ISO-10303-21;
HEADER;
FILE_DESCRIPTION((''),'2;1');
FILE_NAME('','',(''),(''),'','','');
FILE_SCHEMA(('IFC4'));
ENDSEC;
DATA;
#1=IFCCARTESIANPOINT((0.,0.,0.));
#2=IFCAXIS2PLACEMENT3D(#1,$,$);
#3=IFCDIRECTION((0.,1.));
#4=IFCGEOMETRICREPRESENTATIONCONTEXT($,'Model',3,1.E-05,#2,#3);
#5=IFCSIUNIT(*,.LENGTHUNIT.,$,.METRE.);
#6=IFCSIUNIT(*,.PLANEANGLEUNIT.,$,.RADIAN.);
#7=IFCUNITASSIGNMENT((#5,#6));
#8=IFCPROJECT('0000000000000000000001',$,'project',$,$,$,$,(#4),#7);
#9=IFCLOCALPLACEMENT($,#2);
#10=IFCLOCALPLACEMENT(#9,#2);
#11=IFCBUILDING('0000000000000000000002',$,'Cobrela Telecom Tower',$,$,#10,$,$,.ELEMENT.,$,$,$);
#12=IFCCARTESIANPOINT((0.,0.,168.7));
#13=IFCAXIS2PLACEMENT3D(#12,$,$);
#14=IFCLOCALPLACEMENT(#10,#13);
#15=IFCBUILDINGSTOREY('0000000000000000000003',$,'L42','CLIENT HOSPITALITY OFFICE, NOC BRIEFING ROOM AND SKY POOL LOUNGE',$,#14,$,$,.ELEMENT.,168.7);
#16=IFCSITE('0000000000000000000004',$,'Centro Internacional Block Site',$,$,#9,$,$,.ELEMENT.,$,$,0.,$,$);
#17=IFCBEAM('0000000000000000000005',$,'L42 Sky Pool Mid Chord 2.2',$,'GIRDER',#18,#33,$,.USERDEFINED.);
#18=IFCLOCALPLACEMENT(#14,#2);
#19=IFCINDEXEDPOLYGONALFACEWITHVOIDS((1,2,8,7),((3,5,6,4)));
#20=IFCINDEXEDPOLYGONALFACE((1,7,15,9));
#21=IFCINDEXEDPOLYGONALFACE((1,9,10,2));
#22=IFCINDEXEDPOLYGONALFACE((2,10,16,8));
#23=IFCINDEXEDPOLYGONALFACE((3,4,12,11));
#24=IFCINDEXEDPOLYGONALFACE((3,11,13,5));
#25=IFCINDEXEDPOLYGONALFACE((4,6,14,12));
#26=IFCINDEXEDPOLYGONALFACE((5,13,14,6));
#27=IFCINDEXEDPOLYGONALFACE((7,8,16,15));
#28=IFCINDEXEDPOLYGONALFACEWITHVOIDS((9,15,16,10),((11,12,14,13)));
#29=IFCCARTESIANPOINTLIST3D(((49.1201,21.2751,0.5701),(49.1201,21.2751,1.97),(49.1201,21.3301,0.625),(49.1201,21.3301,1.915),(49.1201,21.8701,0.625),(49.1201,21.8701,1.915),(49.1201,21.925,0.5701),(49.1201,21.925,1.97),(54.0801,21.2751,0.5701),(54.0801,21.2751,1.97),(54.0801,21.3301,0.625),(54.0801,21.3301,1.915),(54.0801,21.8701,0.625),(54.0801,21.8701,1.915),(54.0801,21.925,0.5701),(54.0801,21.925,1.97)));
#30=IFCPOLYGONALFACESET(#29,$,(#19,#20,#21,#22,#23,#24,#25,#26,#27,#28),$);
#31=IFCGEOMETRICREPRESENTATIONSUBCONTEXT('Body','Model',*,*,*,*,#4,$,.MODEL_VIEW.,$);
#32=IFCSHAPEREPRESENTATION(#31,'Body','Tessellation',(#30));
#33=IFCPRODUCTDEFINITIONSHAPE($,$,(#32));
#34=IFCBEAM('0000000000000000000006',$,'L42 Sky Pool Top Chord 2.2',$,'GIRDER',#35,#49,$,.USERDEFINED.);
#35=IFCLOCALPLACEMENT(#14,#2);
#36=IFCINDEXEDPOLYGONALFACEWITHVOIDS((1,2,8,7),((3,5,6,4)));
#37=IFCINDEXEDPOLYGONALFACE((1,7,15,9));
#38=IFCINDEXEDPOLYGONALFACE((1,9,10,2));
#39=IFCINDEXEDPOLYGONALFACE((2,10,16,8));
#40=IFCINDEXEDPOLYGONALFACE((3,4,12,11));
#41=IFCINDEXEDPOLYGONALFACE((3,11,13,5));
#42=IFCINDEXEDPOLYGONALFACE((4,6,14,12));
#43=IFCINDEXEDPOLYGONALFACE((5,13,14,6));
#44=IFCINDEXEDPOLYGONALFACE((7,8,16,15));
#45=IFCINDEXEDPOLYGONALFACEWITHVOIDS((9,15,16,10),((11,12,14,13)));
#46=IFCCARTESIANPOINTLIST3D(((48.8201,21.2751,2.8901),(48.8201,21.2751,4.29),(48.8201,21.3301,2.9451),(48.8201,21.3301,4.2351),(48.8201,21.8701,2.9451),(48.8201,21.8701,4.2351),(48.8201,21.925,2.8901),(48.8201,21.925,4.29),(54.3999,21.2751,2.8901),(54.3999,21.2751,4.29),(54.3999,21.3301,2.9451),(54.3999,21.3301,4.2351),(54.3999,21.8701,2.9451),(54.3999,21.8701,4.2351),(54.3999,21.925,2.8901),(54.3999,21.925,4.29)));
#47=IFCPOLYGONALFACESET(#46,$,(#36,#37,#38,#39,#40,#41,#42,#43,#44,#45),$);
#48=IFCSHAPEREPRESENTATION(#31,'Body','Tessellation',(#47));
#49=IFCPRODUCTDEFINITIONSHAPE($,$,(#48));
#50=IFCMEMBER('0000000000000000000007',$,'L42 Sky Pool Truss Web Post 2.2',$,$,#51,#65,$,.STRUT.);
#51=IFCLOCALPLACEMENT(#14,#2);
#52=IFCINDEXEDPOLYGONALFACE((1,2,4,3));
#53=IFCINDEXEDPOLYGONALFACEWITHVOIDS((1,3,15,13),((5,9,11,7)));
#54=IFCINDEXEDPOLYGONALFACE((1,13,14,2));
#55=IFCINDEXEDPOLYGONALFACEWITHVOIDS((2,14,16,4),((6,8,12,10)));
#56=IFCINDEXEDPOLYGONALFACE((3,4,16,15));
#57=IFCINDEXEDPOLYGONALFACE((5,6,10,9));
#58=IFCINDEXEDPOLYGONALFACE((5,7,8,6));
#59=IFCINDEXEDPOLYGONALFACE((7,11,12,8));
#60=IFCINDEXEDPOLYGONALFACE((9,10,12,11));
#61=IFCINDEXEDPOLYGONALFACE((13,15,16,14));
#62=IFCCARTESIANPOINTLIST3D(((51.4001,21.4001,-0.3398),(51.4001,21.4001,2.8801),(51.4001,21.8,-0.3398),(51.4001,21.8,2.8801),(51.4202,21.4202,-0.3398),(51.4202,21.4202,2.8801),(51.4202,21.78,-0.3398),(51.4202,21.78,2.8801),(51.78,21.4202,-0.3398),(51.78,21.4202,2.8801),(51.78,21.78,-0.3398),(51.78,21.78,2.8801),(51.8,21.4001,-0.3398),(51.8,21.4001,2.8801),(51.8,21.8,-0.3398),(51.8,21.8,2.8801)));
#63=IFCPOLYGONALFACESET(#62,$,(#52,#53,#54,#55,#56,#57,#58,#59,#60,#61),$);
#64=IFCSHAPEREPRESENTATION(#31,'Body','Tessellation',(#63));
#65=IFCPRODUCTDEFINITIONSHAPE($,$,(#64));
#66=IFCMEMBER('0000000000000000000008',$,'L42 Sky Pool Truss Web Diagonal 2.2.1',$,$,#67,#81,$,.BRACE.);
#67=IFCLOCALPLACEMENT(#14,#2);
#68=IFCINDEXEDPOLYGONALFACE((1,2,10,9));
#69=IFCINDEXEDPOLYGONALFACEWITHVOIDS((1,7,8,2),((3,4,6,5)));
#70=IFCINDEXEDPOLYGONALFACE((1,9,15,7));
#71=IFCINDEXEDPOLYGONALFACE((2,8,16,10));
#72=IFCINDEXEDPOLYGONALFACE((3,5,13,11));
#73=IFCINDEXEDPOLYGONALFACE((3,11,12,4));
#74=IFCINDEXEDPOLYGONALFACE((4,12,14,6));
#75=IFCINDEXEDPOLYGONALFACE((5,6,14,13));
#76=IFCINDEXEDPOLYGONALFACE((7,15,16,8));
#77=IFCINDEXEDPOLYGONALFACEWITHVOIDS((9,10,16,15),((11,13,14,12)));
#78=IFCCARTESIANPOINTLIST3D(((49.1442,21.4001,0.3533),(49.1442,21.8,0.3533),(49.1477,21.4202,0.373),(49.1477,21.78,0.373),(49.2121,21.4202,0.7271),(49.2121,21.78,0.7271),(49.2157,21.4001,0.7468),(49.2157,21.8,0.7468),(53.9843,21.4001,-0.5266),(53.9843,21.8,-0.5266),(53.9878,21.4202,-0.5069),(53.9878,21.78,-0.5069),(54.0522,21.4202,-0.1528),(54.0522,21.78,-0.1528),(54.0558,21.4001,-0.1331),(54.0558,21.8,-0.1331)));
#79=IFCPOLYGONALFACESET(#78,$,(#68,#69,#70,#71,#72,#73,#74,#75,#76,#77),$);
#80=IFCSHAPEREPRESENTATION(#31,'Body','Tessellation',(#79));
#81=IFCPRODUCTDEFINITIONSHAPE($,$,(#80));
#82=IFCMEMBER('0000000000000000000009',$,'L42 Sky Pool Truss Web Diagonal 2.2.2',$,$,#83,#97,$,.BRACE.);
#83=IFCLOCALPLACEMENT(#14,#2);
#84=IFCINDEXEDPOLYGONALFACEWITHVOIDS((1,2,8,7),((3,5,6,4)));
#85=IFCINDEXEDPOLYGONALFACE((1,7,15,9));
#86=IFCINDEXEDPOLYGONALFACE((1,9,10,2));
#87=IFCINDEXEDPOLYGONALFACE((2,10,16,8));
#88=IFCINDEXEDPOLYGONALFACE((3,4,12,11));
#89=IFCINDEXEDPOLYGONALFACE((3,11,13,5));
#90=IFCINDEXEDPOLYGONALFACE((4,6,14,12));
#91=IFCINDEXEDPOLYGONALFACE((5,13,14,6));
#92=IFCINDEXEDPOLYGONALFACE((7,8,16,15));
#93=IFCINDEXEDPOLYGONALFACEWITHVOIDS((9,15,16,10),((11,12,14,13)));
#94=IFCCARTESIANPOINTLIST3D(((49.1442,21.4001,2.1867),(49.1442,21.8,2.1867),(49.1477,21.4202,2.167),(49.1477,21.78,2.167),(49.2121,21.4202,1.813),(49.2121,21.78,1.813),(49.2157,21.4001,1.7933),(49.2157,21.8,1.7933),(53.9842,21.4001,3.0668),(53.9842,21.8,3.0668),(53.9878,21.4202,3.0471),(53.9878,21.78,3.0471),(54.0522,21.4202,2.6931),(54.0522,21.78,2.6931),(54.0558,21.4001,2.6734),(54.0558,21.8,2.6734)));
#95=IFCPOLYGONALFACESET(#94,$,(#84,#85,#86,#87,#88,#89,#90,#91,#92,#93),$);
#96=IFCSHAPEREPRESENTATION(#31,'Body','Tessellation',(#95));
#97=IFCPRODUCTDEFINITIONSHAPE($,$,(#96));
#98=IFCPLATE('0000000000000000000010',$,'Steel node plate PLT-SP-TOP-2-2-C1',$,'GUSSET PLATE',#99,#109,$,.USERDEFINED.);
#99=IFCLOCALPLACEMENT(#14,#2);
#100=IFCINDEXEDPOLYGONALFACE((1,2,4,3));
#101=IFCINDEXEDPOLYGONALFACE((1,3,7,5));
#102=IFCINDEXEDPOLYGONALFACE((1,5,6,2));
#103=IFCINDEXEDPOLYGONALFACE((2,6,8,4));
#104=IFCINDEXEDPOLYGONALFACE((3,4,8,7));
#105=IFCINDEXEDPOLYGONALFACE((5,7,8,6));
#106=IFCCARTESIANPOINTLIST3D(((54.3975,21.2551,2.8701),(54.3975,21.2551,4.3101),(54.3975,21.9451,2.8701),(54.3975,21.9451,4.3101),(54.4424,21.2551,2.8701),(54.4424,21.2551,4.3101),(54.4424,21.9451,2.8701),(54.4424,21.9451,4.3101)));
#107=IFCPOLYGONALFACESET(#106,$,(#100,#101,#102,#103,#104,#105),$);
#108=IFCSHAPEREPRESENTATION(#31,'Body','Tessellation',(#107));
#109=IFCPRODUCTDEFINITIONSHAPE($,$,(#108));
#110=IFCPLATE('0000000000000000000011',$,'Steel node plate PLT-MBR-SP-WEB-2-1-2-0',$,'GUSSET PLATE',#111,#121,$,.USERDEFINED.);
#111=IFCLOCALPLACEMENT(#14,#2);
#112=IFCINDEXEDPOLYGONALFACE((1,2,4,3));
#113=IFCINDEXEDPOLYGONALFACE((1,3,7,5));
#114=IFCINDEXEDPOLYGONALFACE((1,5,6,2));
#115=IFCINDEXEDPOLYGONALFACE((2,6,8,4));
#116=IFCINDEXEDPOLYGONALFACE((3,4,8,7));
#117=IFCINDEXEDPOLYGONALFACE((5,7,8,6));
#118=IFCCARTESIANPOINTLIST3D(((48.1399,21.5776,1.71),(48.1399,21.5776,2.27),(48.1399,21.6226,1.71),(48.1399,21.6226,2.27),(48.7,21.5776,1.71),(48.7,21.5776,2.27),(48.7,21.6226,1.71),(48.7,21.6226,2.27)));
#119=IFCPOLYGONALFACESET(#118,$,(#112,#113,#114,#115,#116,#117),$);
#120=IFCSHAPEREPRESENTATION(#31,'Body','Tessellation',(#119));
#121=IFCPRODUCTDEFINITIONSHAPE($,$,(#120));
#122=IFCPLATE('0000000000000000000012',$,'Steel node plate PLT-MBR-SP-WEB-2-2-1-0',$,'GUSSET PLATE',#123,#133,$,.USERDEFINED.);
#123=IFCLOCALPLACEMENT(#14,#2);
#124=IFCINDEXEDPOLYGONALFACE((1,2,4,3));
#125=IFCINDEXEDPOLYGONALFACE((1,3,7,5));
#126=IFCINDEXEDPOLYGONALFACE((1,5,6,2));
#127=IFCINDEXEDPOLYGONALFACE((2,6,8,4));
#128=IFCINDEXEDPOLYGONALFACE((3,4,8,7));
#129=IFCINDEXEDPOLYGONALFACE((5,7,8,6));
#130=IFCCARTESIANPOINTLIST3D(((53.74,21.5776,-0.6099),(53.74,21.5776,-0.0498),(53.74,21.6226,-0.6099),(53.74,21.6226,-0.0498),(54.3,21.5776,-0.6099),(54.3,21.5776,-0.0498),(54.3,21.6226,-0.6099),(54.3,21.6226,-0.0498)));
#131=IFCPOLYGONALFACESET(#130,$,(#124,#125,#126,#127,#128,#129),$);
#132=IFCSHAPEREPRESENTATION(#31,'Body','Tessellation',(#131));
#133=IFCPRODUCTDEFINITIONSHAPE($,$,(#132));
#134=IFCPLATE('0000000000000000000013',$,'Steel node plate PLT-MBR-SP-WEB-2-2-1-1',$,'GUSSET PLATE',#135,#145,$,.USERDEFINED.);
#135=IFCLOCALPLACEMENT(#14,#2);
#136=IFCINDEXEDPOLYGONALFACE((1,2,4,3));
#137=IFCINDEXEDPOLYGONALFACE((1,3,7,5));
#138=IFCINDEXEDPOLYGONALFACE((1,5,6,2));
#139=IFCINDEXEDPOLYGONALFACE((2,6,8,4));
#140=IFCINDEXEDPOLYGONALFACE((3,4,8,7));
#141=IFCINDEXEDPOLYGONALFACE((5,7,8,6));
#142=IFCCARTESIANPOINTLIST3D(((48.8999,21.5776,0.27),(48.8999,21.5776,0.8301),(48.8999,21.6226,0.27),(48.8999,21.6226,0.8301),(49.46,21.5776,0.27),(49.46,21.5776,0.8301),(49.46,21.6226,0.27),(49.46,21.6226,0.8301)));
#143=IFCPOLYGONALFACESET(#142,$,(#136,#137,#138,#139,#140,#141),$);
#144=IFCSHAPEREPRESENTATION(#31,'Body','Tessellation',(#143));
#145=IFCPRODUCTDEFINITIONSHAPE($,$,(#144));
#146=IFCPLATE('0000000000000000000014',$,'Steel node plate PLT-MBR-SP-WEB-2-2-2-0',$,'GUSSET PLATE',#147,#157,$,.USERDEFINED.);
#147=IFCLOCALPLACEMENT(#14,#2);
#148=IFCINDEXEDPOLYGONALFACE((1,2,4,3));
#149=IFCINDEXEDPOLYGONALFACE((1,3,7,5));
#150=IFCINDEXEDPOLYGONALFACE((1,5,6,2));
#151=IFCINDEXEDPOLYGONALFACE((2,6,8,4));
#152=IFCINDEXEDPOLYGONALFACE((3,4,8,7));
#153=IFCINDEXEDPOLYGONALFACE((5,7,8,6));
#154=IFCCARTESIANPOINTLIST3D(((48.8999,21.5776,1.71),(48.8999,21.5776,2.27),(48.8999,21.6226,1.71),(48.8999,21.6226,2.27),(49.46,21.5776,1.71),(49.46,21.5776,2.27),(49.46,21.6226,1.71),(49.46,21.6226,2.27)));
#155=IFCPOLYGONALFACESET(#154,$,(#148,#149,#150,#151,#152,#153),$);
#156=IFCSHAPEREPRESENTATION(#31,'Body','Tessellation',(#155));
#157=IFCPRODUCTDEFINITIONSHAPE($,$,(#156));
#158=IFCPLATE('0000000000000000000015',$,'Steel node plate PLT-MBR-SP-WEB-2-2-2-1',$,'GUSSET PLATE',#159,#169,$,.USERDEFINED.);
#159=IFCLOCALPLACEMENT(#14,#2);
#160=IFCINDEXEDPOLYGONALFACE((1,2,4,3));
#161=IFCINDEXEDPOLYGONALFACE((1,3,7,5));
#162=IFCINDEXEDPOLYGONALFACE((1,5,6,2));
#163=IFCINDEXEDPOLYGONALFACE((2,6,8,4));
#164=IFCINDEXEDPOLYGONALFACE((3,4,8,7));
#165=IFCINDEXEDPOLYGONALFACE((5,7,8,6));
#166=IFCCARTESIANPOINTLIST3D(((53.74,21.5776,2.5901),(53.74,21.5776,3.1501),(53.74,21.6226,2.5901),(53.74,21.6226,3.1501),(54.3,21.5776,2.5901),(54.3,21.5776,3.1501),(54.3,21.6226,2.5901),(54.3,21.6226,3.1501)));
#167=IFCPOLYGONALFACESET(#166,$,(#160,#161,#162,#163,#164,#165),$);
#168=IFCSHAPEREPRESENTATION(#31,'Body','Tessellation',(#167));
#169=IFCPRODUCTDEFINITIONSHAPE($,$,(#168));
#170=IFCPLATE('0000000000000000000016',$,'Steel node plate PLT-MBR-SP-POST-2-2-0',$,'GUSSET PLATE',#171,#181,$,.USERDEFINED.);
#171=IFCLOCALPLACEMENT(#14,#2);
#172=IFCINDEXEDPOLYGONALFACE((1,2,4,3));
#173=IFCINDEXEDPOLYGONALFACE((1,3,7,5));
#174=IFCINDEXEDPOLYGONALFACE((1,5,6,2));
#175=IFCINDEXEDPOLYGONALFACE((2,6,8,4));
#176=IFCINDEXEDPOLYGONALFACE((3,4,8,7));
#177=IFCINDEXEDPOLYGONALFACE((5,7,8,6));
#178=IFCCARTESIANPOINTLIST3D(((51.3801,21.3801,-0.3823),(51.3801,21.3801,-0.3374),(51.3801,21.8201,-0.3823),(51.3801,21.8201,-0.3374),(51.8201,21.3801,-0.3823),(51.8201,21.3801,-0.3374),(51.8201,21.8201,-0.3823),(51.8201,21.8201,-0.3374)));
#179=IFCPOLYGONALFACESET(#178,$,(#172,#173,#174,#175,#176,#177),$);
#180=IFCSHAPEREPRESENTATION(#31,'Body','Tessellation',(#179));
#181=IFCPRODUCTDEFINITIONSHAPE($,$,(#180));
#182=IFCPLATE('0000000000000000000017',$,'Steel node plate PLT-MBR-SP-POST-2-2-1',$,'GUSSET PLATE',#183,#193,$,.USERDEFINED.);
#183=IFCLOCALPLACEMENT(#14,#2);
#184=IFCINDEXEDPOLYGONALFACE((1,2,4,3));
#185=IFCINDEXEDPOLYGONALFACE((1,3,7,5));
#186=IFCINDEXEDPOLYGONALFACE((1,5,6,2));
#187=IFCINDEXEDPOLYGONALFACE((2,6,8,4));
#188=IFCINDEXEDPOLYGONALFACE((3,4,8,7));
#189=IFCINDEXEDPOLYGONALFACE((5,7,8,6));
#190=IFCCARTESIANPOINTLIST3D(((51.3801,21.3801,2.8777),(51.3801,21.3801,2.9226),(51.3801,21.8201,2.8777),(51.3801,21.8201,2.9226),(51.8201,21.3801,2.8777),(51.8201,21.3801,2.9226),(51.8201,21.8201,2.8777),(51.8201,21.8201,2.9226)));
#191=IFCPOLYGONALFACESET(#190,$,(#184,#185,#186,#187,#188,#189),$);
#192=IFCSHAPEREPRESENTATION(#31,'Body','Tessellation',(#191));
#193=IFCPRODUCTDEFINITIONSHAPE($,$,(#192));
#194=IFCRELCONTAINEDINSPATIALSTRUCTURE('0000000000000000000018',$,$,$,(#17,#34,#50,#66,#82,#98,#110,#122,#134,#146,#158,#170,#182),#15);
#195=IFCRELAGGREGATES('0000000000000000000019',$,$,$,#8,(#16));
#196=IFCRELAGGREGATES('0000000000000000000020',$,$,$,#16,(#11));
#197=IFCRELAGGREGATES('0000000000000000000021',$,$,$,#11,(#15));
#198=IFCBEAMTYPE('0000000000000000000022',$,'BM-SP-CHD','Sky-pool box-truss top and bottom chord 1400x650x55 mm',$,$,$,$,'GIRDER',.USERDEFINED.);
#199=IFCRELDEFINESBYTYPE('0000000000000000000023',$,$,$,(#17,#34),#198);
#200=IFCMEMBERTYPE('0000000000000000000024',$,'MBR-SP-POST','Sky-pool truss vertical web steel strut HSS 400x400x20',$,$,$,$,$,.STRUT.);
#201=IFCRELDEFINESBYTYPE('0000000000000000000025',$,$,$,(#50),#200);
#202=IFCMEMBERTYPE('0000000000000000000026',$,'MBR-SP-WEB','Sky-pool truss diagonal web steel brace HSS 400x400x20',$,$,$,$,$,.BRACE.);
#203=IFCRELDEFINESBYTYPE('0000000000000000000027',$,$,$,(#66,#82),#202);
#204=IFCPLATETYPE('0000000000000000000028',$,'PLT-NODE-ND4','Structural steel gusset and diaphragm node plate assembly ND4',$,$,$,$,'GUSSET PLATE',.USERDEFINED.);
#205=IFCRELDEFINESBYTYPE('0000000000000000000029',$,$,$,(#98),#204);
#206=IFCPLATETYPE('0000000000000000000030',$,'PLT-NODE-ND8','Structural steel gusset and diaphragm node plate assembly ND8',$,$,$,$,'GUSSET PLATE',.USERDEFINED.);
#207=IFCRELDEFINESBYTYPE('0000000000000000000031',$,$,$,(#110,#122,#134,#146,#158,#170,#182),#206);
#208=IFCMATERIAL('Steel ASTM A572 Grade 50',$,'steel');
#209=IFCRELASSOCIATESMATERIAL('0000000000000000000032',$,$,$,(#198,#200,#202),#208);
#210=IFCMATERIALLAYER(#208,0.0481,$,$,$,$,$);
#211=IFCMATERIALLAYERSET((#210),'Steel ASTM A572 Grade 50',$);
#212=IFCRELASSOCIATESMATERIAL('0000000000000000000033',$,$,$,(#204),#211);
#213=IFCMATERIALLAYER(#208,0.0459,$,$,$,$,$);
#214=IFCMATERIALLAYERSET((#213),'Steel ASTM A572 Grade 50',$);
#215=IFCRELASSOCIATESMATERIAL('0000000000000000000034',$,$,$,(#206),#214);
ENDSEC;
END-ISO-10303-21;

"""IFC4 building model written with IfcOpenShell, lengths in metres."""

from ifc_helpers import new_model, si_unit, direction, frame, origin, origin_2d, place, context, subcontext, project, spatial, rectangle, hollow_rectangle, extrude, material, layer, layer_set, material_profile, profile_set, type_object, element, save


model = new_model("IFC4")

# Units and contexts
model_context = context("Model", 3, precision=1e-05, world=origin(), true_north=direction((0.0, 1.0)))
body_context = subcontext(model_context, "Body", "Model", "MODEL_VIEW")
ifc_project = project(units=[si_unit("LENGTHUNIT", "METRE"), si_unit("PLANEANGLEUNIT", "RADIAN")], contexts=[model_context])

# Site, building, storey
site_placement = place(None, origin())
site = spatial("IfcSite", under=ifc_project, at=site_placement, Name="Centro Internacional Block Site", CompositionType="ELEMENT", RefElevation=0.0)
building_placement = place(site_placement, origin())
building = spatial("IfcBuilding", under=site, at=building_placement, Name="Cobrela Telecom Tower", CompositionType="ELEMENT")
storey_placement = place(building_placement, frame((0.0, 0.0, 168.7)))
storey = spatial("IfcBuildingStorey", under=building, at=storey_placement, Name="L42", Description="CLIENT HOSPITALITY OFFICE, NOC BRIEFING ROOM AND SKY POOL LOUNGE", CompositionType="ELEMENT", Elevation=168.7)

# Shared definitions
ifc_material_1 = material(Name="Steel ASTM A572 Grade 50", Category="steel")

# Beams
ifc_material_profile_1 = material_profile(ifc_material_1, hollow_rectangle(XDim=0.6499, YDim=1.3999, WallThickness=0.0549, at=origin_2d()), Name="BOX 1400x650x55")
ifc_profile_set_1 = profile_set([ifc_material_profile_1], Name="Steel ASTM A572 Grade 50")
beam_type_1 = type_object("IfcBeamType", Name="BM-SP-CHD", Description="Sky-pool box-truss top and bottom chord 1400x650x55 mm", ElementType="GIRDER", PredefinedType="USERDEFINED", material=ifc_profile_set_1)
beam_1_placement = place(storey_placement, frame((49.1201, 21.6001, 1.27), z_axis=(1.0, 0.0, 0.0), x_axis=(0.0, 1.0, 0.0)))
element("IfcBeam", 1, at=beam_1_placement, inside=storey, type_object=beam_type_1, Name="L42 Sky Pool Mid Chord 2.2", ObjectType="GIRDER", PredefinedType="USERDEFINED", context=body_context, shape_type="SweptSolid", body=[
    extrude(hollow_rectangle(XDim=0.6499, YDim=1.3999, WallThickness=0.0549, at=origin_2d()), origin(), (0.0, 0.0, 1.0), 4.96),
])
beam_2_placement = place(storey_placement, frame((48.8201, 21.6001, 3.5901), z_axis=(1.0, 0.0, 0.0), x_axis=(0.0, 1.0, 0.0)))
element("IfcBeam", 2, at=beam_2_placement, inside=storey, type_object=beam_type_1, Name="L42 Sky Pool Top Chord 2.2", ObjectType="GIRDER", PredefinedType="USERDEFINED", context=body_context, shape_type="SweptSolid", body=[
    extrude(hollow_rectangle(XDim=0.6499, YDim=1.3999, WallThickness=0.0549, at=origin_2d()), origin(), (0.0, 0.0, 1.0), 5.5798),
])

# Members
ifc_material_profile_2 = material_profile(ifc_material_1, hollow_rectangle(XDim=0.3999, YDim=0.3999, WallThickness=0.02, at=origin_2d()), Name="HSS 400x400x20")
ifc_profile_set_2 = profile_set([ifc_material_profile_2], Name="Steel ASTM A572 Grade 50")
member_type_1 = type_object("IfcMemberType", Name="MBR-SP-POST", Description="Sky-pool truss vertical web steel strut HSS 400x400x20", PredefinedType="STRUT", material=ifc_profile_set_2)
member_placement = place(storey_placement, frame((51.6001, 21.6001, -0.3398), z_axis=(0.0, 0.0, 1.0), x_axis=(1.0, 0.0, 0.0)))
element("IfcMember", 3, at=member_placement, inside=storey, type_object=member_type_1, Name="L42 Sky Pool Truss Web Post 2.2", PredefinedType="STRUT", context=body_context, shape_type="SweptSolid", body=[
    extrude(hollow_rectangle(XDim=0.3999, YDim=0.3999, WallThickness=0.02, at=origin_2d()), origin(), (0.0, 0.0, 1.0), 3.22),
])
ifc_material_profile_3 = material_profile(ifc_material_1, hollow_rectangle(XDim=0.3999, YDim=0.3999, WallThickness=0.02, at=origin_2d()), Name="HSS 400x400x20")
ifc_profile_set_3 = profile_set([ifc_material_profile_3], Name="Steel ASTM A572 Grade 50")
member_type_2 = type_object("IfcMemberType", Name="MBR-SP-WEB", Description="Sky-pool truss diagonal web steel brace HSS 400x400x20", PredefinedType="BRACE", material=ifc_profile_set_3)
for number, where, z_axis, x_axis, name in (
    (4, (54.02, 21.6001, -0.3298), (-0.983875, 0.0, 0.178859), (0.0, -1.0, 0.0), "L42 Sky Pool Truss Web Diagonal 2.2.1"),
    (5, (49.1799, 21.6001, 1.99), (0.983866, 0.0, 0.178907), (0.0, 1.0, 0.0), "L42 Sky Pool Truss Web Diagonal 2.2.2"),
):
    element("IfcMember", number, at=place(storey_placement, frame(where, z_axis=z_axis, x_axis=x_axis)), inside=storey, type_object=member_type_2, Name=name, PredefinedType="BRACE", context=body_context, shape_type="SweptSolid", body=[
        extrude(hollow_rectangle(XDim=0.3999, YDim=0.3999, WallThickness=0.02, at=origin_2d()), origin(), (0.0, 0.0, 1.0), 4.9194),
    ])

# Plates
ifc_layer_1 = layer(ifc_material_1, 0.0481)
ifc_layer_set_1 = layer_set([ifc_layer_1], Name="Steel ASTM A572 Grade 50")
plate_type_1 = type_object("IfcPlateType", Name="PLT-NODE-ND4", Description="Structural steel gusset and diaphragm node plate assembly ND4", ElementType="GUSSET PLATE", PredefinedType="USERDEFINED", material=ifc_layer_set_1)
plate_placement = place(storey_placement, frame((54.4199, 21.6001, 2.8701), z_axis=(0.0, 0.0, 1.0), x_axis=(1.0, 0.0, 0.0)))
element("IfcPlate", 6, at=plate_placement, inside=storey, type_object=plate_type_1, Name="Steel node plate PLT-SP-TOP-2-2-C1", ObjectType="GUSSET PLATE", PredefinedType="USERDEFINED", context=body_context, shape_type="SweptSolid", body=[
    extrude(rectangle(XDim=0.0449, YDim=0.6899, at=origin_2d()), origin(), (0.0, 0.0, 1.0), 1.4399),
])
ifc_layer_2 = layer(ifc_material_1, 0.0459)
ifc_layer_set_2 = layer_set([ifc_layer_2], Name="Steel ASTM A572 Grade 50")
plate_type_2 = type_object("IfcPlateType", Name="PLT-NODE-ND8", Description="Structural steel gusset and diaphragm node plate assembly ND8", ElementType="GUSSET PLATE", PredefinedType="USERDEFINED", material=ifc_layer_set_2)
for number, where, z_axis, x_axis, name in (
    (7, (48.4199, 21.6001, 1.71), (0.0, 0.0, 1.0), (-1.0, 0.0, 0.0), "Steel node plate PLT-MBR-SP-WEB-2-1-2-0"),
    (8, (54.02, 21.6001, -0.6099), (0.0, 0.0, 1.0), (-1.0, 0.0, 0.0), "Steel node plate PLT-MBR-SP-WEB-2-2-1-0"),
    (9, (49.1799, 21.6001, 0.27), (0.0, 0.0, 1.0), (-1.0, 0.0, 0.0), "Steel node plate PLT-MBR-SP-WEB-2-2-1-1"),
    (10, (49.1799, 21.6001, 1.71), (0.0, 0.0, 1.0), (1.0, 0.0, 0.0), "Steel node plate PLT-MBR-SP-WEB-2-2-2-0"),
    (11, (54.02, 21.6001, 2.5901), (0.0, 0.0, 1.0), (1.0, 0.0, 0.0), "Steel node plate PLT-MBR-SP-WEB-2-2-2-1"),
):
    element("IfcPlate", number, at=place(storey_placement, frame(where, z_axis=z_axis, x_axis=x_axis)), inside=storey, type_object=plate_type_2, Name=name, ObjectType="GUSSET PLATE", PredefinedType="USERDEFINED", context=body_context, shape_type="SweptSolid", body=[
        extrude(rectangle(XDim=0.5601, YDim=0.0449, at=origin_2d()), origin(), (0.0, 0.0, 1.0), 0.5601),
    ])
for number, where, z_axis, x_axis, name in (
    (12, (51.6001, 21.6001, -0.3823), (0.0, 0.0, 1.0), (1.0, 0.0, 0.0), "Steel node plate PLT-MBR-SP-POST-2-2-0"),
    (13, (51.6001, 21.6001, 2.8777), (0.0, 0.0, 1.0), (1.0, 0.0, 0.0), "Steel node plate PLT-MBR-SP-POST-2-2-1"),
):
    element("IfcPlate", number, at=place(storey_placement, frame(where, z_axis=z_axis, x_axis=x_axis)), inside=storey, type_object=plate_type_2, Name=name, ObjectType="GUSSET PLATE", PredefinedType="USERDEFINED", context=body_context, shape_type="SweptSolid", body=[
        extrude(rectangle(XDim=0.4399, YDim=0.4399, at=origin_2d()), origin(), (0.0, 0.0, 1.0), 0.0449),
    ])

save(model, "model.ifc")
